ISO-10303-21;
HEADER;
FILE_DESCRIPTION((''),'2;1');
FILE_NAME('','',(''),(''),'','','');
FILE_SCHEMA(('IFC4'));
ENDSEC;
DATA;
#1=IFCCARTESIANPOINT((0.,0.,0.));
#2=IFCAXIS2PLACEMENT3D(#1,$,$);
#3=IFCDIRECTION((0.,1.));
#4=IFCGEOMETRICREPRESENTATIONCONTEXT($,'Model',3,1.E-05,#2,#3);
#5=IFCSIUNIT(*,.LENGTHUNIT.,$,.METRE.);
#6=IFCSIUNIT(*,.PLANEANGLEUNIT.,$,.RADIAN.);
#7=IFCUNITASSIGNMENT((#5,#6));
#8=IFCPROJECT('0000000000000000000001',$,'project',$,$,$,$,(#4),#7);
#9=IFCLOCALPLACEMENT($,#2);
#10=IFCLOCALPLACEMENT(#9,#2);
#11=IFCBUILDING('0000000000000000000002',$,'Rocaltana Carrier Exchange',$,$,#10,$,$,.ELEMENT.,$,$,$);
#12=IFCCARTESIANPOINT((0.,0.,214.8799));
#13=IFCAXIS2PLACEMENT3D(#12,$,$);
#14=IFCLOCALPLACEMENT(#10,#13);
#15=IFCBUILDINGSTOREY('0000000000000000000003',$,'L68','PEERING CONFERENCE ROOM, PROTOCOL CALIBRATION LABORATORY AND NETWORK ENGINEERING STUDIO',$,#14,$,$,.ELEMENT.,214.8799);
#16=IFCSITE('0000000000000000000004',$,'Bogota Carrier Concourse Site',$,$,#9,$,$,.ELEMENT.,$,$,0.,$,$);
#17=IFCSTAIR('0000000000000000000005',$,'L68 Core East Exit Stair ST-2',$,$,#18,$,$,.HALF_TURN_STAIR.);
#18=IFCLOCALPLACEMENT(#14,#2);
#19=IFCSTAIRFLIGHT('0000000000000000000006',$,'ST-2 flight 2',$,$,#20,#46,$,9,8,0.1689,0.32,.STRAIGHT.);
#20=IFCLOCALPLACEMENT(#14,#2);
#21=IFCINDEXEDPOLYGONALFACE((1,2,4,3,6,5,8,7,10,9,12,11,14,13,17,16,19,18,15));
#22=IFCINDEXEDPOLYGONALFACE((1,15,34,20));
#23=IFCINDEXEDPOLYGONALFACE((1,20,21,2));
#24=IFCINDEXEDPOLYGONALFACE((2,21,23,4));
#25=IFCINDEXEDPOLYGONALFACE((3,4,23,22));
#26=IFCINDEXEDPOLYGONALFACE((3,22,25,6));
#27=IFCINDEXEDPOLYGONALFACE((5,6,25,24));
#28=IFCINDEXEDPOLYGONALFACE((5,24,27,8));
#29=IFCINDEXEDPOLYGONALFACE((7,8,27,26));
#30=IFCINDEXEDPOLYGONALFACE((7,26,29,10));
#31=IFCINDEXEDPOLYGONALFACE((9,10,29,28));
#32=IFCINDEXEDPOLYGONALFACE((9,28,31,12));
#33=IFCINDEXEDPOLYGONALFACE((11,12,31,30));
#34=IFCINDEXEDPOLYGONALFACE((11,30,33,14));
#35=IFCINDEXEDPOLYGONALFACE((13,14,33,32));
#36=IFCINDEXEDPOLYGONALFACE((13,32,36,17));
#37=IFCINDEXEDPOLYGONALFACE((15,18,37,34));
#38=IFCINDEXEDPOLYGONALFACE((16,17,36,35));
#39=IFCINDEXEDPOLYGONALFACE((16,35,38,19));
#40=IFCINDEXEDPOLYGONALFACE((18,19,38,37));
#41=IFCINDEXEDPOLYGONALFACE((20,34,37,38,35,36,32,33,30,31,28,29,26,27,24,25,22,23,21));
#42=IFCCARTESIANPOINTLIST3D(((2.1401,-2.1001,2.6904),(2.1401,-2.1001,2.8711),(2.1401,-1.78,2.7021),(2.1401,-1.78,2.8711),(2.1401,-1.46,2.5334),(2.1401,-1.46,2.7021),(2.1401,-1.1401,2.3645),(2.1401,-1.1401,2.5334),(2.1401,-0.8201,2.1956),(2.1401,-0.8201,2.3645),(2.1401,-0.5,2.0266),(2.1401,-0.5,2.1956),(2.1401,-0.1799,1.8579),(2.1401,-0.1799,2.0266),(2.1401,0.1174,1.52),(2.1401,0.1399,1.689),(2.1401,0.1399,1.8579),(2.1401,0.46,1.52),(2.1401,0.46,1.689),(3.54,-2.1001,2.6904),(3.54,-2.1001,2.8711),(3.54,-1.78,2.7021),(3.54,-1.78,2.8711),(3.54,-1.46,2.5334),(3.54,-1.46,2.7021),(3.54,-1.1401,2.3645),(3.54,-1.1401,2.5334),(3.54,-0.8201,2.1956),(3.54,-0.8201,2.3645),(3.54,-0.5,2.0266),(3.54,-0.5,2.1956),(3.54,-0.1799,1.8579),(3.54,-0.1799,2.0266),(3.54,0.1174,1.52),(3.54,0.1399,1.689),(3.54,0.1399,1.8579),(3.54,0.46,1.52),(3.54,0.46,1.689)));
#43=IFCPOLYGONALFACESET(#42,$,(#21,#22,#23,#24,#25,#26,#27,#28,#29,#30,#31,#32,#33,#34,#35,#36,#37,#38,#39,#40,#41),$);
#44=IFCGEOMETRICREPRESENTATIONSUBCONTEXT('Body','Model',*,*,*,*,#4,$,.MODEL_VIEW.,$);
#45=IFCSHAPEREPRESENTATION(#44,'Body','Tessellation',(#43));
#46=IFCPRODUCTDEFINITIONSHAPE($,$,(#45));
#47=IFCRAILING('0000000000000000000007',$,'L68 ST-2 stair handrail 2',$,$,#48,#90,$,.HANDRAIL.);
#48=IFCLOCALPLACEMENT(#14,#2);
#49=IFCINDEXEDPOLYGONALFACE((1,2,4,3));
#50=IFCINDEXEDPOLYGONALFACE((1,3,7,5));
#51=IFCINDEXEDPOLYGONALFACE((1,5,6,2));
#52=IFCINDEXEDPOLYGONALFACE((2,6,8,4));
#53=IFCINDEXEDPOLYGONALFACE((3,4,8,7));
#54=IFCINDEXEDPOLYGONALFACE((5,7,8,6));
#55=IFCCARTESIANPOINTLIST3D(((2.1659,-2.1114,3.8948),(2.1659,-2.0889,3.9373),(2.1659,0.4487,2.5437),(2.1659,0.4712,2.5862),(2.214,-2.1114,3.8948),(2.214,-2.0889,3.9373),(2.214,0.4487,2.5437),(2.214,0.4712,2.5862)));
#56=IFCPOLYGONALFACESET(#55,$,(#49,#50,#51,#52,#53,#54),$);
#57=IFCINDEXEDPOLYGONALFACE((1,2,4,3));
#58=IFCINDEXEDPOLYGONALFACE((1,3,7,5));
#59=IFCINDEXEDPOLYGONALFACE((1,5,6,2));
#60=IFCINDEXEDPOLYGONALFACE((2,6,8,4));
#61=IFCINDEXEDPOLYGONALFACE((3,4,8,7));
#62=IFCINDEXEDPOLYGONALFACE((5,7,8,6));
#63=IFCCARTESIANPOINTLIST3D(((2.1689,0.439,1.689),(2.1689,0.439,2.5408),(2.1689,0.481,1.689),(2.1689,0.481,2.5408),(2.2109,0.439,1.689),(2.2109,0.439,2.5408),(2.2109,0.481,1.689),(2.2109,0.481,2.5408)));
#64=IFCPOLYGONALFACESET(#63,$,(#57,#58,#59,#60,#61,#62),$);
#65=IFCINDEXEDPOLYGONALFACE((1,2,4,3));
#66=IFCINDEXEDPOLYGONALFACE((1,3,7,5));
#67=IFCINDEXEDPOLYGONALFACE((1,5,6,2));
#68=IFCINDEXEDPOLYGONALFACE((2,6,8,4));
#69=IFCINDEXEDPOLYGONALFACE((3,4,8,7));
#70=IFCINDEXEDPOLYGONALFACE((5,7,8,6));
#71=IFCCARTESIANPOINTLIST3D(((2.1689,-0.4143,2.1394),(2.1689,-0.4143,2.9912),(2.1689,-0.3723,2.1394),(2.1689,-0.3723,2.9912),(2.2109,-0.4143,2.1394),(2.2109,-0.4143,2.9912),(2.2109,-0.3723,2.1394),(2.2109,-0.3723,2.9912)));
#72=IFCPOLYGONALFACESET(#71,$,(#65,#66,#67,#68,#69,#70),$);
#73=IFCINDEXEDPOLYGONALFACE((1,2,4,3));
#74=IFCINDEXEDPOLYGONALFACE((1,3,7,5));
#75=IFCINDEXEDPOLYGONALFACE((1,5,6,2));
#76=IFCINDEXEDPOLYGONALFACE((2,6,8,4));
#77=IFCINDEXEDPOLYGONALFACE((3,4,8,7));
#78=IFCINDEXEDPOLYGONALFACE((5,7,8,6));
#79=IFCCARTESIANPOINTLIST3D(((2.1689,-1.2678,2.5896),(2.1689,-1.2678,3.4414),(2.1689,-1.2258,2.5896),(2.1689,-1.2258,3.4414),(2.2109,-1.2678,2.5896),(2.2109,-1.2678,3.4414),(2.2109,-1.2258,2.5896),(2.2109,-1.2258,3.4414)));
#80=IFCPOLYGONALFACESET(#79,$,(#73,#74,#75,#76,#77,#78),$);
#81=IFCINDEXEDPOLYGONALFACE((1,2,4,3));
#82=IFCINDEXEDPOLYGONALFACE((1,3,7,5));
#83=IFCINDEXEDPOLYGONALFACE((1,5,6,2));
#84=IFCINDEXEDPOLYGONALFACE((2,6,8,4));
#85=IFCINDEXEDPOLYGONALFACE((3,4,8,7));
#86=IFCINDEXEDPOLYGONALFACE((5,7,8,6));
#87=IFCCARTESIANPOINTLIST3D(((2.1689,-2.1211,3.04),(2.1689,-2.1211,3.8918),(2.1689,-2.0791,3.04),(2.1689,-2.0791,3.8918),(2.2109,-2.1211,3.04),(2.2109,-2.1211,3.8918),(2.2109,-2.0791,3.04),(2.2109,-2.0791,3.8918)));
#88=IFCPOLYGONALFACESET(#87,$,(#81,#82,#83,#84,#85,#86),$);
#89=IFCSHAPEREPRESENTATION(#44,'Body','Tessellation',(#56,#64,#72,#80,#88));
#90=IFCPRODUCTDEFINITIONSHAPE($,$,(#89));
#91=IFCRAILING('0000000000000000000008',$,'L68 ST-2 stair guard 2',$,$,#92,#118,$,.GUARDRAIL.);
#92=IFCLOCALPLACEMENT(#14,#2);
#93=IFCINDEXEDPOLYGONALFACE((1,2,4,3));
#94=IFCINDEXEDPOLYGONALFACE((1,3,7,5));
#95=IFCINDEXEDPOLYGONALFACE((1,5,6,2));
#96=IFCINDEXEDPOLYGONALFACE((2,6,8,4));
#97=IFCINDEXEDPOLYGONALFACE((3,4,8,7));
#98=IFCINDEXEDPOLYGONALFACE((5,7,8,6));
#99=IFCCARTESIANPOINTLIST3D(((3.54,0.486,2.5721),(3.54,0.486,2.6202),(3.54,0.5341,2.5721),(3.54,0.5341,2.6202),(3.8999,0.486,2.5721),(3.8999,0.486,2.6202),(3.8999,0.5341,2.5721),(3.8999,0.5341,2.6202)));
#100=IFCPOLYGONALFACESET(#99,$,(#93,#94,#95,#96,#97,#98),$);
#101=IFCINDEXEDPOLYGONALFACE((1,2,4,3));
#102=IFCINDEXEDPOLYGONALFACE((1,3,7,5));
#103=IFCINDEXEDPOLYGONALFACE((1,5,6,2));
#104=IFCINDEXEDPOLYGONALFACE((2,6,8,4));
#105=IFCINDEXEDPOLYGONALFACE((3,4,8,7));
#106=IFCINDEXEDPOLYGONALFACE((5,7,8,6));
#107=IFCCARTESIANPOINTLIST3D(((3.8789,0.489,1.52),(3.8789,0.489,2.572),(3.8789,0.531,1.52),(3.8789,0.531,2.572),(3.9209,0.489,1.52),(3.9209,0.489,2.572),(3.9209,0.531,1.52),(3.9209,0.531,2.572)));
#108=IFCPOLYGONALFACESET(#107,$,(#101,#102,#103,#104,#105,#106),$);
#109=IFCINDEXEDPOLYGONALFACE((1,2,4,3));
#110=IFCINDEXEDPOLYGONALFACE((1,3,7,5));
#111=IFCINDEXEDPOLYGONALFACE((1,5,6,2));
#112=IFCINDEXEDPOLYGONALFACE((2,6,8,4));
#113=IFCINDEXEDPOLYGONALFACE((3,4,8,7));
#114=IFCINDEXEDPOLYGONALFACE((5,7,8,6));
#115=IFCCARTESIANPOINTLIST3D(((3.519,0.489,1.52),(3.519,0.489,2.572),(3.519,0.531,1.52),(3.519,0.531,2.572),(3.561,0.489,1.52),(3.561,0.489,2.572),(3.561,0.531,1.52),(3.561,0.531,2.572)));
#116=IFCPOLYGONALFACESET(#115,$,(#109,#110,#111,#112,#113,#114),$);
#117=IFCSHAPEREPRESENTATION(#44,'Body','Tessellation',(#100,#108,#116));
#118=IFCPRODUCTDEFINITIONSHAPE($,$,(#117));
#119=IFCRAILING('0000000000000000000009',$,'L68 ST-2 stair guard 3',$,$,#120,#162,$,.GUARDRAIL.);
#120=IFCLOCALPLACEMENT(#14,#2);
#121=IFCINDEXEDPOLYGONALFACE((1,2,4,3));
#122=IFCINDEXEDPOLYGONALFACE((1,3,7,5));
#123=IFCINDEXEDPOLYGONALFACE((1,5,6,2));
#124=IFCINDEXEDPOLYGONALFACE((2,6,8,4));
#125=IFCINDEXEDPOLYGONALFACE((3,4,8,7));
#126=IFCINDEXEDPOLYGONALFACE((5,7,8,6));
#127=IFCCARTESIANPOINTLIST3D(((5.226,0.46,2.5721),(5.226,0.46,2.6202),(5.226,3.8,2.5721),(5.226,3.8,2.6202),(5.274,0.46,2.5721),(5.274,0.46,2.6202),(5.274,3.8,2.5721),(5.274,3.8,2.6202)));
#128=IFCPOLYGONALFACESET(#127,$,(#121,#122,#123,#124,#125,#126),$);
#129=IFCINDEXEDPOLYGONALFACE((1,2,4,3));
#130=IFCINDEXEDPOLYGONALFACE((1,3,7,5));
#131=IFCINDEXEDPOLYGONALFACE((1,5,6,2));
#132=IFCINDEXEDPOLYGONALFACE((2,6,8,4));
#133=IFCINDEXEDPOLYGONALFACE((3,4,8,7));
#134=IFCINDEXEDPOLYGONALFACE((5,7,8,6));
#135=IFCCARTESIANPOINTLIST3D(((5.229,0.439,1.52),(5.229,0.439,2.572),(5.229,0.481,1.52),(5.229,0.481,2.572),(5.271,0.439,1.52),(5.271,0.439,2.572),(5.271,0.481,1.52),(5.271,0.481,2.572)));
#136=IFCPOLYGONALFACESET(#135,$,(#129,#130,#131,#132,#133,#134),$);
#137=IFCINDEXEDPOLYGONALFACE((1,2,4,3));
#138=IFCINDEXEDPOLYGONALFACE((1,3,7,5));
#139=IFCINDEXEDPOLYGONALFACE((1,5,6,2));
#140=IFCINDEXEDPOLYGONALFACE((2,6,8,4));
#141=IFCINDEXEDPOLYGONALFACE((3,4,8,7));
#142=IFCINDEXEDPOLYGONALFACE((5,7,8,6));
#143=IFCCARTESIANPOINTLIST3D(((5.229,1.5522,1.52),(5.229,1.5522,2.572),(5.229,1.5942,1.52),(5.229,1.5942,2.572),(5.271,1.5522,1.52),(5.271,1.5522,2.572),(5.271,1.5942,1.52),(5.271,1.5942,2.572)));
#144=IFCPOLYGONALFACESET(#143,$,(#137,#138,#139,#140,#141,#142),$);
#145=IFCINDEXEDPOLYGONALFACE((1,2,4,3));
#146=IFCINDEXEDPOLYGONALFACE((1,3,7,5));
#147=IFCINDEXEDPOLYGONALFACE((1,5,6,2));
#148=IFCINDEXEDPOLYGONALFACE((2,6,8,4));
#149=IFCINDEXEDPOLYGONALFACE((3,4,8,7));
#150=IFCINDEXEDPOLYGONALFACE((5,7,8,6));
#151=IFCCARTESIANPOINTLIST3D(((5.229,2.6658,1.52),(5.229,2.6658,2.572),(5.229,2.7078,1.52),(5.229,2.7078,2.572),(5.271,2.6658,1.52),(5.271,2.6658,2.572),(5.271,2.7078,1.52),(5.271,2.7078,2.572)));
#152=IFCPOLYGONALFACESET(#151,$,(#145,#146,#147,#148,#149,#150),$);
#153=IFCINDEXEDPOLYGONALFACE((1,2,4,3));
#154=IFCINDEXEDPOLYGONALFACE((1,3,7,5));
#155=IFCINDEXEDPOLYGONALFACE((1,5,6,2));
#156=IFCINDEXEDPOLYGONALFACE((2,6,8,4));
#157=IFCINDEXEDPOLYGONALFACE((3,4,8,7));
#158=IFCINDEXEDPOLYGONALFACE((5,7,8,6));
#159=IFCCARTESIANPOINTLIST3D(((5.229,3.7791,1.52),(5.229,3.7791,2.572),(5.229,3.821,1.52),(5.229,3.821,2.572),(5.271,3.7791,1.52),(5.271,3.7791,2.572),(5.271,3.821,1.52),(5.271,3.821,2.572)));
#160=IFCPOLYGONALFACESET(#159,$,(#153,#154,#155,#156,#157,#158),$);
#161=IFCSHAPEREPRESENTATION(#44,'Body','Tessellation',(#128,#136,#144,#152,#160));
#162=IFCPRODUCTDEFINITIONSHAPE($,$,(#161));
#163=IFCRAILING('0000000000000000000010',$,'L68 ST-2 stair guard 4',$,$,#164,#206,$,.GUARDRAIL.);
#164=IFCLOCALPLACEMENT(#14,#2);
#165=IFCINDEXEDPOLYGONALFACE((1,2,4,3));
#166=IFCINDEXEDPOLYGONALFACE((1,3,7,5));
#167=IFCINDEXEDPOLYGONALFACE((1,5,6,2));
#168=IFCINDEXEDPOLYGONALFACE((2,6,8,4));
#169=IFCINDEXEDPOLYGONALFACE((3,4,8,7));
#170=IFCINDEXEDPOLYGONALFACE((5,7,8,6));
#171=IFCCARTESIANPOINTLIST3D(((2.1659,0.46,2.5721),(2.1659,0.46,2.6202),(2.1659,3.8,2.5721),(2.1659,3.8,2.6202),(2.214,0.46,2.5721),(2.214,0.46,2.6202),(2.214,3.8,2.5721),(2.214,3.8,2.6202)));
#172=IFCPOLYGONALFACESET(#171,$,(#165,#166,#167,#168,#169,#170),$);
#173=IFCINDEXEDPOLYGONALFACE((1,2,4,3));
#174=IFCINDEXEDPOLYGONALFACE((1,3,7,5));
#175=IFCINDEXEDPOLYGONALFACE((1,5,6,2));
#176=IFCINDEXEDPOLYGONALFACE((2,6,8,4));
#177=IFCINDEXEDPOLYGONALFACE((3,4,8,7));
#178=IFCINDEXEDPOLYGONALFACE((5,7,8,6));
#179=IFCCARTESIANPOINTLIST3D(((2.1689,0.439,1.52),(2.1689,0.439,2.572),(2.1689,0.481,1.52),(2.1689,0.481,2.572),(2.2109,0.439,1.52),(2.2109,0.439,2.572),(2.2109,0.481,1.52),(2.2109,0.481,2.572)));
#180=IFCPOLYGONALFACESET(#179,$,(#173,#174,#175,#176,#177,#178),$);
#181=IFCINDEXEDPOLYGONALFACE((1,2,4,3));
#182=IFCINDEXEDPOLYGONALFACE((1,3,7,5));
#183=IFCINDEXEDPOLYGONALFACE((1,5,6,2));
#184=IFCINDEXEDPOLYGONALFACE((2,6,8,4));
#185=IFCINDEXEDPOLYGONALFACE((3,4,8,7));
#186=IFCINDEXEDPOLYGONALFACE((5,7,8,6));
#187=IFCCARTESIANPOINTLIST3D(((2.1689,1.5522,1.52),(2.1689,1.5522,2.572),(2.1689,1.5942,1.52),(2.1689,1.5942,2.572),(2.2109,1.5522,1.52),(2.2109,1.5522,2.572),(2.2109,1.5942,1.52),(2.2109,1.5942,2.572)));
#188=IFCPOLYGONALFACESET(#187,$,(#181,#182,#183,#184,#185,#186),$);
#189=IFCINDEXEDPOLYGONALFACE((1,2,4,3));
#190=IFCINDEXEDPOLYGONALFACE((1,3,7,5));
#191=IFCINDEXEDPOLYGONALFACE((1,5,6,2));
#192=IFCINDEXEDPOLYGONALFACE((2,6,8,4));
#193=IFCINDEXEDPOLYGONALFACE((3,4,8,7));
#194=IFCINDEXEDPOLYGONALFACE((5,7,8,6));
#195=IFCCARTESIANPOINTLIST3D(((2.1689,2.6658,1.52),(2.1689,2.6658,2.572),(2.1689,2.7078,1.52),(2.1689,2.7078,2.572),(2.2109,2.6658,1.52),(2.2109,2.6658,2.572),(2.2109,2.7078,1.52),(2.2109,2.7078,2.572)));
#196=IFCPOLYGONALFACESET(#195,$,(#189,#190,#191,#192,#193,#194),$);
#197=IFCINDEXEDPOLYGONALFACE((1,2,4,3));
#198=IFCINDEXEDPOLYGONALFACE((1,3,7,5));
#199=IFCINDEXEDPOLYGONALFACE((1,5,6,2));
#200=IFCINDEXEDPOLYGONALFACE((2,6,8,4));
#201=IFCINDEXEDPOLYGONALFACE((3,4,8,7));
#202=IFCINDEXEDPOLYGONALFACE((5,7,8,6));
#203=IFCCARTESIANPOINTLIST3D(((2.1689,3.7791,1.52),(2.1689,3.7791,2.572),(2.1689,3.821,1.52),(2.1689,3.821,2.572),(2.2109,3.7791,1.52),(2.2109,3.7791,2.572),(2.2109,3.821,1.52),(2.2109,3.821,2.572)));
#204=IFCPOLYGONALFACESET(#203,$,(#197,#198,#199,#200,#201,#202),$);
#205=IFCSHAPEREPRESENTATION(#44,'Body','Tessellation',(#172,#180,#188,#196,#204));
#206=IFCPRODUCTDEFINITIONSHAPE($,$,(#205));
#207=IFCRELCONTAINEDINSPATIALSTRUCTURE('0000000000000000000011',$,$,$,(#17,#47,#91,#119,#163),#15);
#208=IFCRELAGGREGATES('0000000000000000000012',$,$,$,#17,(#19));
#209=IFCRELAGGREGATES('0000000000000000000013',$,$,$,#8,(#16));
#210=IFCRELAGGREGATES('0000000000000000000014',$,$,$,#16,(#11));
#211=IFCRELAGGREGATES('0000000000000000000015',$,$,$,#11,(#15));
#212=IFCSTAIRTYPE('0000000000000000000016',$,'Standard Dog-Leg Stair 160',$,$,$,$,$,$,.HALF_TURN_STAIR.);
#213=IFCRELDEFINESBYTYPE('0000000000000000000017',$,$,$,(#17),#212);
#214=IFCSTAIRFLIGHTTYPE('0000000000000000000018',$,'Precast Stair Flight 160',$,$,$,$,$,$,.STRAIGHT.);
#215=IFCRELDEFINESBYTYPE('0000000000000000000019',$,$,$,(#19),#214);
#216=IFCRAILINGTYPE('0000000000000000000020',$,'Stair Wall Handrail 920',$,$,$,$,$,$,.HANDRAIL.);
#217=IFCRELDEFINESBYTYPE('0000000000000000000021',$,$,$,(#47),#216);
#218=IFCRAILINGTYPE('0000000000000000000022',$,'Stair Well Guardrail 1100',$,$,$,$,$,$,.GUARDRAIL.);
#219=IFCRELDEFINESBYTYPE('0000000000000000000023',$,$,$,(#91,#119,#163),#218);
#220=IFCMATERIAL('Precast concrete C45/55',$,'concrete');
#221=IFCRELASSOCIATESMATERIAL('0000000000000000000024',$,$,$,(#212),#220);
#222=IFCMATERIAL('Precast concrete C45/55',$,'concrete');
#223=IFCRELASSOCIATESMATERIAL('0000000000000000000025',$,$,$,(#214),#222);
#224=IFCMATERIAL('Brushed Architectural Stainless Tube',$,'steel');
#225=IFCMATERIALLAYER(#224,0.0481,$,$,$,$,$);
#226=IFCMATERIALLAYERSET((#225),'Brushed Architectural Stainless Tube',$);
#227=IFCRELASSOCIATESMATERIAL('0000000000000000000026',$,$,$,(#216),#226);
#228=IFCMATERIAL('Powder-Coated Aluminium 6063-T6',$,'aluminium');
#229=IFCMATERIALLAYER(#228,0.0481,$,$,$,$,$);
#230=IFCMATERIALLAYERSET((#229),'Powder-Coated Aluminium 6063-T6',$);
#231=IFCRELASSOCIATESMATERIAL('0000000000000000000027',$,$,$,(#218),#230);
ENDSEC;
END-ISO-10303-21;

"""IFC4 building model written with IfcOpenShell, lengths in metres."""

from ifc_helpers import new_model, si_unit, direction, frame, origin, origin_2d, place, context, subcontext, project, spatial, polyline, rectangle, outline, extrude, material, layer, layer_set, type_object, element, aggregate, save


model = new_model("IFC4")

# Units and contexts
model_context = context("Model", 3, precision=1e-05, world=origin(), true_north=direction((0.0, 1.0)))
body_context = subcontext(model_context, "Body", "Model", "MODEL_VIEW")
ifc_project = project(units=[si_unit("LENGTHUNIT", "METRE"), si_unit("PLANEANGLEUNIT", "RADIAN")], contexts=[model_context])

# Site, building, storey
site_placement = place(None, origin())
site = spatial("IfcSite", under=ifc_project, at=site_placement, Name="Bogota Carrier Concourse Site", CompositionType="ELEMENT", RefElevation=0.0)
building_placement = place(site_placement, origin())
building = spatial("IfcBuilding", under=site, at=building_placement, Name="Rocaltana Carrier Exchange", CompositionType="ELEMENT")
storey_placement = place(building_placement, frame((0.0, 0.0, 214.8799)))
storey = spatial("IfcBuildingStorey", under=building, at=storey_placement, Name="L68", Description="PEERING CONFERENCE ROOM, PROTOCOL CALIBRATION LABORATORY AND NETWORK ENGINEERING STUDIO", CompositionType="ELEMENT", Elevation=214.8799)

# Stair, stair flight
ifc_material_1 = material(Name="Precast concrete C45/55", Category="concrete")
stair_type = type_object("IfcStairType", Name="Standard Dog-Leg Stair 160", PredefinedType="HALF_TURN_STAIR", material=ifc_material_1)
stair_placement = place(storey_placement, origin())
stair = element("IfcStair", 1, at=stair_placement, inside=storey, type_object=stair_type, Name="L68 Core East Exit Stair ST-2", PredefinedType="HALF_TURN_STAIR")
ifc_material_2 = material(Name="Precast concrete C45/55", Category="concrete")
stair_flight_type = type_object("IfcStairFlightType", Name="Precast Stair Flight 160", PredefinedType="STRAIGHT", material=ifc_material_2)
stair_flight_placement = place(storey_placement, frame((2.8401, 0.46, 1.52), z_axis=(0.0, 0.0, 1.0), x_axis=(0.0, -1.0, 0.0)))
stair_flight = element("IfcStairFlight", 2, at=stair_flight_placement, type_object=stair_flight_type, Name="ST-2 flight 2", NumberOfRisers=9, NumberOfTreads=8, PredefinedType="STRAIGHT", RiserHeight=0.1689, TreadLength=0.32, context=body_context, shape_type="SweptSolid", body=[
    extrude(outline(polyline([(0.0, 0.0), (0.0, 0.1689), (0.3201, 0.1689), (0.3201, 0.3379), (0.6399, 0.3379), (0.6399, 0.5066), (0.96, 0.5066), (0.96, 0.6755), (1.28, 0.6755), (1.28, 0.8445), (1.6001, 0.8445), (1.6001, 1.0134), (1.9199, 1.0134), (1.9199, 1.1821), (2.24, 1.1821), (2.24, 1.3511), (2.5601, 1.3511), (2.5601, 1.52), (2.5601, 1.1704), (0.3425, 0.0), (0.0, 0.0)])), frame((0.0, 0.7, 0.0), z_axis=(0.0, -1.0, 0.0), x_axis=(1.0, 0.0, 0.0)), (0.0, 0.0, 1.0), 1.3999),
])
aggregate(stair, [stair_flight])

# Railings
ifc_material_3 = material(Name="Brushed Architectural Stainless Tube", Category="steel")
ifc_layer_1 = layer(ifc_material_3, 0.0481)
ifc_layer_set_1 = layer_set([ifc_layer_1], Name="Brushed Architectural Stainless Tube")
railing_type_1 = type_object("IfcRailingType", Name="Stair Wall Handrail 920", PredefinedType="HANDRAIL", material=ifc_layer_set_1)
railing_1_placement = place(storey_placement, frame((2.1899, 0.46, 1.689)))
element("IfcRailing", 3, at=railing_1_placement, inside=storey, type_object=railing_type_1, Name="L68 ST-2 stair handrail 2", PredefinedType="HANDRAIL", context=body_context, shape_type="SweptSolid", body=[
    extrude(rectangle(XDim=0.0481, YDim=0.0481, at=origin_2d()), frame((0.0, 0.0, 0.876), z_axis=(0.0, -0.884394, 0.46674), x_axis=(1.0, 0.0, 0.0)), (0.0, 0.0, 1.0), 2.8948),
    extrude(rectangle(XDim=0.042, YDim=0.042, at=origin_2d()), origin(), (0.0, 0.0, 1.0), 0.8518),
    extrude(rectangle(XDim=0.042, YDim=0.042, at=origin_2d()), frame((0.0, -0.8533, 0.4504)), (0.0, 0.0, 1.0), 0.8518),
    extrude(rectangle(XDim=0.042, YDim=0.042, at=origin_2d()), frame((0.0, -1.7068, 0.9006)), (0.0, 0.0, 1.0), 0.8518),
    extrude(rectangle(XDim=0.042, YDim=0.042, at=origin_2d()), frame((0.0, -2.5601, 1.3511)), (0.0, 0.0, 1.0), 0.8518),
])
ifc_material_4 = material(Name="Powder-Coated Aluminium 6063-T6", Category="aluminium")
ifc_layer_2 = layer(ifc_material_4, 0.0481)
ifc_layer_set_2 = layer_set([ifc_layer_2], Name="Powder-Coated Aluminium 6063-T6")
railing_type_2 = type_object("IfcRailingType", Name="Stair Well Guardrail 1100", PredefinedType="GUARDRAIL", material=ifc_layer_set_2)
railing_2_placement = place(storey_placement, frame((3.8999, 0.51, 1.52)))
element("IfcRailing", 4, at=railing_2_placement, inside=storey, type_object=railing_type_2, Name="L68 ST-2 stair guard 2", PredefinedType="GUARDRAIL", context=body_context, shape_type="SweptSolid", body=[
    extrude(rectangle(XDim=0.0481, YDim=0.0481, at=origin_2d()), frame((0.0, 0.0, 1.0762), z_axis=(-1.0, 0.0, 0.0), x_axis=(0.0, -1.0, 0.0)), (0.0, 0.0, 1.0), 0.3599),
    extrude(rectangle(XDim=0.042, YDim=0.042, at=origin_2d()), origin(), (0.0, 0.0, 1.0), 1.052),
    extrude(rectangle(XDim=0.042, YDim=0.042, at=origin_2d()), frame((-0.3599, 0.0, 0.0)), (0.0, 0.0, 1.0), 1.052),
])
for number, where, name in (
    (5, (5.25, 0.46, 1.52), "L68 ST-2 stair guard 3"),
    (6, (2.1899, 0.46, 1.52), "L68 ST-2 stair guard 4"),
):
    element("IfcRailing", number, at=place(storey_placement, frame(where)), inside=storey, type_object=railing_type_2, Name=name, PredefinedType="GUARDRAIL", context=body_context, shape_type="SweptSolid", body=[
        extrude(rectangle(XDim=0.0481, YDim=0.0481, at=origin_2d()), frame((0.0, 0.0, 1.0762), z_axis=(0.0, 1.0, 0.0), x_axis=(-1.0, 0.0, 0.0)), (0.0, 0.0, 1.0), 3.3401),
        extrude(rectangle(XDim=0.042, YDim=0.042, at=origin_2d()), origin(), (0.0, 0.0, 1.0), 1.052),
        extrude(rectangle(XDim=0.042, YDim=0.042, at=origin_2d()), frame((0.0, 1.1133, 0.0)), (0.0, 0.0, 1.0), 1.052),
        extrude(rectangle(XDim=0.042, YDim=0.042, at=origin_2d()), frame((0.0, 2.2268, 0.0)), (0.0, 0.0, 1.0), 1.052),
        extrude(rectangle(XDim=0.042, YDim=0.042, at=origin_2d()), frame((0.0, 3.3401, 0.0)), (0.0, 0.0, 1.0), 1.052),
    ])

save(model, "model.ifc")
